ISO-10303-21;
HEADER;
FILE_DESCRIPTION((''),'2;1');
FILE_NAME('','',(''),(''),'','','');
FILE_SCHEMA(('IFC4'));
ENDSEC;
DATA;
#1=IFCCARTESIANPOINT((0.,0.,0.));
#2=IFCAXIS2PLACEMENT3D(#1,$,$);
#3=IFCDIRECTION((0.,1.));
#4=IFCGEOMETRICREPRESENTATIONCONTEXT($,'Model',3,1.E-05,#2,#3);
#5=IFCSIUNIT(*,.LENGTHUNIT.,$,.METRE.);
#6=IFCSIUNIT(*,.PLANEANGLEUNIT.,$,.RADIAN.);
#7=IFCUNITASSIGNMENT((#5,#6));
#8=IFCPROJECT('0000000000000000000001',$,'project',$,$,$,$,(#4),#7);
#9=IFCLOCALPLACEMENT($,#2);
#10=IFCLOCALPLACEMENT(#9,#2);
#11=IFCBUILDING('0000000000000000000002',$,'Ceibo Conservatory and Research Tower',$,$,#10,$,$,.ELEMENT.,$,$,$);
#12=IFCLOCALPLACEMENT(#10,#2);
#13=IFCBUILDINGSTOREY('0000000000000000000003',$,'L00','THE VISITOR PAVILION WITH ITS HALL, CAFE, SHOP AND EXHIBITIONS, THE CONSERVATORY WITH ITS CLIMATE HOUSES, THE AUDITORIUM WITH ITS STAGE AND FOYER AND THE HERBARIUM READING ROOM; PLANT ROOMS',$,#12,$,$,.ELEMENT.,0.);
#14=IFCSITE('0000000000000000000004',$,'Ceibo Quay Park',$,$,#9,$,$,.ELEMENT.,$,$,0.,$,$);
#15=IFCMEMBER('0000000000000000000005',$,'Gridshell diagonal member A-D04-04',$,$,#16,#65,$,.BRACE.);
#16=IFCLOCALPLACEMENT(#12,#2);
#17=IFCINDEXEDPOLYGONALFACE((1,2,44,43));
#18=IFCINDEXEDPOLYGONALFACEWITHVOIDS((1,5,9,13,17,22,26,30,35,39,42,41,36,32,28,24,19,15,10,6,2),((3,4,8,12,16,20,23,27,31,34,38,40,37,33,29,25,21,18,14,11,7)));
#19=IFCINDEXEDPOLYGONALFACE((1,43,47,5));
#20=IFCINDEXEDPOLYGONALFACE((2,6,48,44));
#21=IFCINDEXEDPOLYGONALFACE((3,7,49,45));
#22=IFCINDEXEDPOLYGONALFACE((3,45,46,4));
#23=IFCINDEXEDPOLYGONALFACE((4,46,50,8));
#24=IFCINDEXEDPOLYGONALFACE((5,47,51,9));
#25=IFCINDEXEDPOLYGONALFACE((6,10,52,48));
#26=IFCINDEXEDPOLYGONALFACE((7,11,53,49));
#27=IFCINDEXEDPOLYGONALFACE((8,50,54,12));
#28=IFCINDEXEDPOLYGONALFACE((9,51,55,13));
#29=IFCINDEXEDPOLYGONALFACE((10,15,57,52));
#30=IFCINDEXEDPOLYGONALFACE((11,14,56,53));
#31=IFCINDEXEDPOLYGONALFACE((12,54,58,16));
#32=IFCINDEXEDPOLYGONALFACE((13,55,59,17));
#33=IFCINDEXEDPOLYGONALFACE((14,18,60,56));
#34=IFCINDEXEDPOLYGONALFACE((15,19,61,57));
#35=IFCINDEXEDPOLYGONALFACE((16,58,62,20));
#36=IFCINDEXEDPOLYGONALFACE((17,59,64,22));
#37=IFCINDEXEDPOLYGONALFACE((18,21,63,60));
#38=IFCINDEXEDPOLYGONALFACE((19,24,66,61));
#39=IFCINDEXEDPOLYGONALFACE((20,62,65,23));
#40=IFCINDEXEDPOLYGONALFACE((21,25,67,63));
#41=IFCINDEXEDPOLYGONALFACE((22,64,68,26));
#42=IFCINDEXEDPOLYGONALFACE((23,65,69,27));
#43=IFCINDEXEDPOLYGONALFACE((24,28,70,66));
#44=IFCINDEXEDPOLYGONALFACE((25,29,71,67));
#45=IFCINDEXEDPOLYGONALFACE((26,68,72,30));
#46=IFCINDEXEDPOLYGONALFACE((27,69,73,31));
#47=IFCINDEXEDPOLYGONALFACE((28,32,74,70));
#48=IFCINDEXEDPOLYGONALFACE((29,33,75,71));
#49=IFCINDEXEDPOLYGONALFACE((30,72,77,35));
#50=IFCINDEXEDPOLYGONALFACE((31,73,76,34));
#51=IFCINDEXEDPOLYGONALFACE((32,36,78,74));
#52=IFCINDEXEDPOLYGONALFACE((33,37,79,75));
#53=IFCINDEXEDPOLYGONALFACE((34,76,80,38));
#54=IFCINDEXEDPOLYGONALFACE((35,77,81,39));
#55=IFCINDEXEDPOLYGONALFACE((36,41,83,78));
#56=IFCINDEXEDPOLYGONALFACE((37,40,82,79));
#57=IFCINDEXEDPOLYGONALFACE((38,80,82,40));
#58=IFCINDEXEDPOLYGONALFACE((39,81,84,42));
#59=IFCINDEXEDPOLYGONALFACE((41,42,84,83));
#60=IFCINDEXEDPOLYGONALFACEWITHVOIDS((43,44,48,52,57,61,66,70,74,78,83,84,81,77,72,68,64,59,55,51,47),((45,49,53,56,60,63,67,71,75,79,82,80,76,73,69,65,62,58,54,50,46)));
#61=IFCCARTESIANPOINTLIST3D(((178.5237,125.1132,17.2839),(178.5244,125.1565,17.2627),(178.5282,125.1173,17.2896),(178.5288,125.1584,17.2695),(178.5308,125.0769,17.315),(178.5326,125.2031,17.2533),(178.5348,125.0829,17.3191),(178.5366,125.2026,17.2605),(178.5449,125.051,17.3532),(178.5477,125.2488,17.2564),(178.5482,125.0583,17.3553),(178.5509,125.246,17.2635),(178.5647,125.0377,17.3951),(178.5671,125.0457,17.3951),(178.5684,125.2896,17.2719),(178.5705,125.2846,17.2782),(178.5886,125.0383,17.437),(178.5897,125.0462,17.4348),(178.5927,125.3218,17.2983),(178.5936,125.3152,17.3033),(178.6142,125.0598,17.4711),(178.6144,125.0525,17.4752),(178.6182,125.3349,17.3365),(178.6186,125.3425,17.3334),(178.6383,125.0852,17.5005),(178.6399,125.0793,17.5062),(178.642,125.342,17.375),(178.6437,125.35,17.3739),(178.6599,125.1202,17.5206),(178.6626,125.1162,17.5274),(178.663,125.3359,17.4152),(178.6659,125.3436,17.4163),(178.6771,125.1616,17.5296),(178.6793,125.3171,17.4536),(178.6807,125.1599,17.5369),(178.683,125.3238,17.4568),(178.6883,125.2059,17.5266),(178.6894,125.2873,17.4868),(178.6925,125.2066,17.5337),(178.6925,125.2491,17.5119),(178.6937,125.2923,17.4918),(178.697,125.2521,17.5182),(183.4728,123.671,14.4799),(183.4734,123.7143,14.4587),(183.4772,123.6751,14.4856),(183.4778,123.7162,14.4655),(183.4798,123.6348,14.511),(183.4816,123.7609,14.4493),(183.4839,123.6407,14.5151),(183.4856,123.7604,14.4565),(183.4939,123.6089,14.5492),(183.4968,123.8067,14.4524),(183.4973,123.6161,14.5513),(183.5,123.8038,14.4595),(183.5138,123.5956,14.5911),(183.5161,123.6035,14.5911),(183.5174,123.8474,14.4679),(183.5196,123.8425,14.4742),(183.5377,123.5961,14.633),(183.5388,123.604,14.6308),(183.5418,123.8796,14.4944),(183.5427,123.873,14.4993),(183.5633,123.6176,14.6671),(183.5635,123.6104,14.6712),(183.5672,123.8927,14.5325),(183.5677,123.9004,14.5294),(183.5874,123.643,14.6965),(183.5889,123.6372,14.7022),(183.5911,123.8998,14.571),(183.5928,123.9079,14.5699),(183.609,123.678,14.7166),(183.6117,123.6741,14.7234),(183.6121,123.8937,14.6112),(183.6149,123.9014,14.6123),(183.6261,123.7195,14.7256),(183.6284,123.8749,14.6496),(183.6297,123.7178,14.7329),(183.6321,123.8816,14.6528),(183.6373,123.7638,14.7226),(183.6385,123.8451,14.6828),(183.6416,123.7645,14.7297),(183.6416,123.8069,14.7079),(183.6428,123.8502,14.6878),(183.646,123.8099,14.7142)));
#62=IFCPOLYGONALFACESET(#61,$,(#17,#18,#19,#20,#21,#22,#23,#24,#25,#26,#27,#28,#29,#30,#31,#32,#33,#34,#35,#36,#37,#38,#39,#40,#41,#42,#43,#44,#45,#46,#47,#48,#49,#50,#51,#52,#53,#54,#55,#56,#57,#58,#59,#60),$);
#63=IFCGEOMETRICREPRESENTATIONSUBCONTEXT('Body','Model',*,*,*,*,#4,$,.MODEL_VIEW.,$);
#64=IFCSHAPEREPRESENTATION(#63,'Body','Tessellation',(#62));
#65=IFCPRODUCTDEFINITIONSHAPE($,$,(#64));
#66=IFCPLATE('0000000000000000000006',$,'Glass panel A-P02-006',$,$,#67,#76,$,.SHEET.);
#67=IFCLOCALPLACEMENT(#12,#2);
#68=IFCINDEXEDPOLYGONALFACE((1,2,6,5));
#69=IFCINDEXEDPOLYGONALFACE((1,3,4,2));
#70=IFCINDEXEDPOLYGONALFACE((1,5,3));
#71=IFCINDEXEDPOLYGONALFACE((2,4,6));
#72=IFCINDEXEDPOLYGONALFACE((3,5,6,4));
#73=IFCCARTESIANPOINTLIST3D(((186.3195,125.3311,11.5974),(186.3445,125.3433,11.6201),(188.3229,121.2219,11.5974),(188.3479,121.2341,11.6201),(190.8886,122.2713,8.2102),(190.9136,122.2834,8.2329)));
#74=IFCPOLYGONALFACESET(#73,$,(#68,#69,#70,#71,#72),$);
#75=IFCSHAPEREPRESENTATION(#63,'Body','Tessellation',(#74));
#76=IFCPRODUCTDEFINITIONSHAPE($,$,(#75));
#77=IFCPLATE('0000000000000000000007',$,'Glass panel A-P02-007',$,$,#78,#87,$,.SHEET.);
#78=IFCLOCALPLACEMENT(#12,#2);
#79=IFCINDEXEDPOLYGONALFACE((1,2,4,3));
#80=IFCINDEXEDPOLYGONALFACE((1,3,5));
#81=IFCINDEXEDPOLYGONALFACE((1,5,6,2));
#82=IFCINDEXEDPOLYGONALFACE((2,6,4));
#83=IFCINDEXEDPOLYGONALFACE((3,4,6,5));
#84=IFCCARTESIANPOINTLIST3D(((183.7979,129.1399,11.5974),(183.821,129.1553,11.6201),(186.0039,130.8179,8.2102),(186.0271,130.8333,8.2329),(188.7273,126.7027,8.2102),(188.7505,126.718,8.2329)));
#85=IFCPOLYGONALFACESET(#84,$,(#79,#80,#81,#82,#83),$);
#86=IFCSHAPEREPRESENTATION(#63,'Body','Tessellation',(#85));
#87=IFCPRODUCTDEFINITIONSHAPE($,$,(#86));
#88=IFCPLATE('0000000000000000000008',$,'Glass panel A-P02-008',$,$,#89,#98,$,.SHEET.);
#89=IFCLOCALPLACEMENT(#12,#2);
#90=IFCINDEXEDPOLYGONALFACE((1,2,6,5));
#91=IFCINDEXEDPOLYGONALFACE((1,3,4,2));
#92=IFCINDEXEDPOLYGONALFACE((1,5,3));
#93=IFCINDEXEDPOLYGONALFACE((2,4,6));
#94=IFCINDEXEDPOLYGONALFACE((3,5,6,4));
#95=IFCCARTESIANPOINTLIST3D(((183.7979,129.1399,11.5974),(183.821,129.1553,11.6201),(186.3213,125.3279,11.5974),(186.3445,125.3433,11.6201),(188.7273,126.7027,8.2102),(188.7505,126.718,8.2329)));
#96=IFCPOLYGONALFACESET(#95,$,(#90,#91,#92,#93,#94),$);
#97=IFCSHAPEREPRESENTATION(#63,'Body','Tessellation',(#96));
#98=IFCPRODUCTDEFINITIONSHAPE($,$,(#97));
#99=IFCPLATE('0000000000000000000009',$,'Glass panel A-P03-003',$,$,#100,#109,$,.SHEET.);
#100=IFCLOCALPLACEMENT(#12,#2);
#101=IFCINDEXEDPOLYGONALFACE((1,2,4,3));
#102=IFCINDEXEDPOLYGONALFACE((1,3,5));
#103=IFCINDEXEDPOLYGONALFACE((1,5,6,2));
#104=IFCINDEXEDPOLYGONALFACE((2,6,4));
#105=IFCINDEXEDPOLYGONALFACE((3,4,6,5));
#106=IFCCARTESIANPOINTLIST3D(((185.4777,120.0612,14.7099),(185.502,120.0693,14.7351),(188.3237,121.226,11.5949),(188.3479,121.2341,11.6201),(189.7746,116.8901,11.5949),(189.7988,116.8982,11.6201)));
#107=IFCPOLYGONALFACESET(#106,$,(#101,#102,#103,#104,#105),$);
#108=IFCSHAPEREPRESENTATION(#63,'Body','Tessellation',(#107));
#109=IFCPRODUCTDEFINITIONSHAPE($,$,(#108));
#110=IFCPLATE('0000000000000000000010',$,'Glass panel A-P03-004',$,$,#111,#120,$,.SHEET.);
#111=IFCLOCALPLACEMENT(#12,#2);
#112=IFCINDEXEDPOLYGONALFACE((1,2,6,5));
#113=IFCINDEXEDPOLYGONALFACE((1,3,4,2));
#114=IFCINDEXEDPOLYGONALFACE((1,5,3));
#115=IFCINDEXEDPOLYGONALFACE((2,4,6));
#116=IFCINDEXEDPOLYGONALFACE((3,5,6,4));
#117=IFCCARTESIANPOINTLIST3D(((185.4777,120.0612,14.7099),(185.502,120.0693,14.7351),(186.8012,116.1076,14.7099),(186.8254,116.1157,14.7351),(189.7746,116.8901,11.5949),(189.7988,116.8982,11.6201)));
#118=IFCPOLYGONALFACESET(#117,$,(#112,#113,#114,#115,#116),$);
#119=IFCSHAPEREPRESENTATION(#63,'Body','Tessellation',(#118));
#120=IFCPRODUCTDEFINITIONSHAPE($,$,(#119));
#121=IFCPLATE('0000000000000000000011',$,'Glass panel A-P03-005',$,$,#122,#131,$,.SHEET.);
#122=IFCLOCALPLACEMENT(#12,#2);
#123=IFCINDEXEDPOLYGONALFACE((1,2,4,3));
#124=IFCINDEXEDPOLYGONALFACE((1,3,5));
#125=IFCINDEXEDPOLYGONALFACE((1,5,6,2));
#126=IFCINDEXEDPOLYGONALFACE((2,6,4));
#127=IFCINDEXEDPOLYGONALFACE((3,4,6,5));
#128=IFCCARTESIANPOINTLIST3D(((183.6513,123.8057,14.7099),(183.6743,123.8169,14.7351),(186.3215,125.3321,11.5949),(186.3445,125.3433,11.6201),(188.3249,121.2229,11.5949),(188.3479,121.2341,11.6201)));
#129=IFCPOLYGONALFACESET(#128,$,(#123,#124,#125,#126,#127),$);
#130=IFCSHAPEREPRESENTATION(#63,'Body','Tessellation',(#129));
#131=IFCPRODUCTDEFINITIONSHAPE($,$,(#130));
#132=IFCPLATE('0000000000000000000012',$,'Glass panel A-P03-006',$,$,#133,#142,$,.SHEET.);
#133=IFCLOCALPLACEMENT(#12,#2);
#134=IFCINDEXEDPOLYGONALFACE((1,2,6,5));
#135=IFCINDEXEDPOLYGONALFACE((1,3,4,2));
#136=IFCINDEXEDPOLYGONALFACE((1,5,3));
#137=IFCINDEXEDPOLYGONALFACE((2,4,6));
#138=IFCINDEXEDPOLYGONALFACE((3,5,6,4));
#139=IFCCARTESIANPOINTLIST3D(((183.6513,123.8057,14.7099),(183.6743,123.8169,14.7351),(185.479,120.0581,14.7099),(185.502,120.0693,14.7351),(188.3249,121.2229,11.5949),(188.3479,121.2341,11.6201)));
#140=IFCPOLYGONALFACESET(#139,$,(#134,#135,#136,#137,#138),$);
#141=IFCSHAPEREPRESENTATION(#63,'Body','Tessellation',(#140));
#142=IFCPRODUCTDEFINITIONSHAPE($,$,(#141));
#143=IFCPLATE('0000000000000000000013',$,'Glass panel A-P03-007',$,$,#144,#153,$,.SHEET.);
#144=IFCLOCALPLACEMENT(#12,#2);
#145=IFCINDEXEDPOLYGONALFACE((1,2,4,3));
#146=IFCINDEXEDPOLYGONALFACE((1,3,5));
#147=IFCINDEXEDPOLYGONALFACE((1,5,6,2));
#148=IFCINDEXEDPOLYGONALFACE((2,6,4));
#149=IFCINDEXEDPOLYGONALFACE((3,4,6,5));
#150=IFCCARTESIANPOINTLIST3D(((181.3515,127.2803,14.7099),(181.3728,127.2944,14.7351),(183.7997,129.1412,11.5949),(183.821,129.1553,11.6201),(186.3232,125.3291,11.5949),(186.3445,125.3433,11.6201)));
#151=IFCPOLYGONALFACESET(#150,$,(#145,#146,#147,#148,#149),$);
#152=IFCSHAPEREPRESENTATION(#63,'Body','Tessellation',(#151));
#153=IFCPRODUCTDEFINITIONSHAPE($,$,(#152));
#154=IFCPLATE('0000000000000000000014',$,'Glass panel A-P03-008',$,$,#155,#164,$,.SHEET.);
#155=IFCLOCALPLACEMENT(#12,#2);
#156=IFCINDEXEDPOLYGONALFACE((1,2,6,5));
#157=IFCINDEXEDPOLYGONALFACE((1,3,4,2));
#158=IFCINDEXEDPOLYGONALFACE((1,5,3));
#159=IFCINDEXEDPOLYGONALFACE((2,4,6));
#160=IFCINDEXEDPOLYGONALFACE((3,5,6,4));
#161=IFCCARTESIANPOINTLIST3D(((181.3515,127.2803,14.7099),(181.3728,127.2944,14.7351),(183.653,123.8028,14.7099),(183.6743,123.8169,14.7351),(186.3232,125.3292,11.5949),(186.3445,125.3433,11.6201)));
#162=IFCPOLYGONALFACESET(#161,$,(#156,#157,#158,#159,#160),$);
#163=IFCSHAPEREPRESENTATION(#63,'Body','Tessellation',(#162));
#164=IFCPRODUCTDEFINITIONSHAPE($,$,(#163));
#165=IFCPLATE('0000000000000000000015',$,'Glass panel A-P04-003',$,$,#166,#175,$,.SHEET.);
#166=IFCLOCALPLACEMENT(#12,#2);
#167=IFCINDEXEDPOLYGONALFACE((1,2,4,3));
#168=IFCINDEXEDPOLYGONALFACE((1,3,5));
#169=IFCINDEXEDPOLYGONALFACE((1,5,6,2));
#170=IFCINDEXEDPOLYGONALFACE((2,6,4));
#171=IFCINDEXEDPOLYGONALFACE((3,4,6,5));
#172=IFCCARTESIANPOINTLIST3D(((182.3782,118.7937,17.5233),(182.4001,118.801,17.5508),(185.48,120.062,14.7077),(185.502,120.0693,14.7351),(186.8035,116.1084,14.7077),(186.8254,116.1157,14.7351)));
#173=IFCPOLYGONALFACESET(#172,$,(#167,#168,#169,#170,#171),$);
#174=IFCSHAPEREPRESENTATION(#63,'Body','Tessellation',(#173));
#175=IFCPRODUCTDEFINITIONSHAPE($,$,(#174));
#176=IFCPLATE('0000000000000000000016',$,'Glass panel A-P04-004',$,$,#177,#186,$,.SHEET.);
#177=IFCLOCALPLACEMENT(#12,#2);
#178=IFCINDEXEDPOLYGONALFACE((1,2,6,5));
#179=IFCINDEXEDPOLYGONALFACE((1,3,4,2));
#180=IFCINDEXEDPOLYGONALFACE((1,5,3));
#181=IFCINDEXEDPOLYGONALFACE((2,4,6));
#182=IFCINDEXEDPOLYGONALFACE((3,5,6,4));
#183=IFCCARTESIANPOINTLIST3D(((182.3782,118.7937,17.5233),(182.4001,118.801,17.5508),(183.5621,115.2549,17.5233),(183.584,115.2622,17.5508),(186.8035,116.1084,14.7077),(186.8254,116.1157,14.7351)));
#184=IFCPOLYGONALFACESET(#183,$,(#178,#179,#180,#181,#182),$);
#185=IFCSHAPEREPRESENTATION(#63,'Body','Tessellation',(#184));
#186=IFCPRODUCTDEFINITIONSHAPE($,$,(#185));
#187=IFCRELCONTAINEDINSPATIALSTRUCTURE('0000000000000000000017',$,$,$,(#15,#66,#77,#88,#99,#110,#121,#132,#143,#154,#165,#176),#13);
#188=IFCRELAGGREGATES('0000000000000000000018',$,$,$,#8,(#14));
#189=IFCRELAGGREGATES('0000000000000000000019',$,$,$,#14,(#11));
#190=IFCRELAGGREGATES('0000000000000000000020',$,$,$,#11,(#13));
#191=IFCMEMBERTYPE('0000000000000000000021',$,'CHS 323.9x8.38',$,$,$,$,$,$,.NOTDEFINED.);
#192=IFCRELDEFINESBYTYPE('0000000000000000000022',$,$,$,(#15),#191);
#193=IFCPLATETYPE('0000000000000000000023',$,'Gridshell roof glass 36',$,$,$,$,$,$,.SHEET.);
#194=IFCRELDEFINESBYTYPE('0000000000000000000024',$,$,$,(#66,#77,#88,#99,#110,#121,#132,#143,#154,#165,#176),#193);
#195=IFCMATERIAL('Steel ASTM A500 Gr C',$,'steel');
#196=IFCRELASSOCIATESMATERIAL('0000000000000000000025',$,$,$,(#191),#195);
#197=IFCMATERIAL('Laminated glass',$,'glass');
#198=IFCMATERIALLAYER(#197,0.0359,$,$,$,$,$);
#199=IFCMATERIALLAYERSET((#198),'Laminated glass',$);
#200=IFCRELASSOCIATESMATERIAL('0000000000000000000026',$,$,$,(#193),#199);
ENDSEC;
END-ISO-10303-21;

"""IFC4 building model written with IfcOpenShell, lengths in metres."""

from ifc_helpers import new_model, si_unit, direction, frame, origin, origin_2d, place, context, subcontext, project, spatial, polyline, hollow_circle, outline, extrude, material, layer, layer_set, material_profile, profile_set, type_object, element, save


model = new_model("IFC4")

# Units and contexts
model_context = context("Model", 3, precision=1e-05, world=origin(), true_north=direction((0.0, 1.0)))
body_context = subcontext(model_context, "Body", "Model", "MODEL_VIEW")
ifc_project = project(units=[si_unit("LENGTHUNIT", "METRE"), si_unit("PLANEANGLEUNIT", "RADIAN")], contexts=[model_context])

# Site, building, storey
site_placement = place(None, origin())
site = spatial("IfcSite", under=ifc_project, at=site_placement, Name="Ceibo Quay Park", CompositionType="ELEMENT", RefElevation=0.0)
building_placement = place(site_placement, origin())
building = spatial("IfcBuilding", under=site, at=building_placement, Name="Ceibo Conservatory and Research Tower", CompositionType="ELEMENT")
storey_placement = place(building_placement, origin())
storey = spatial("IfcBuildingStorey", under=building, at=storey_placement, Name="L00", Description="THE VISITOR PAVILION WITH ITS HALL, CAFE, SHOP AND EXHIBITIONS, THE CONSERVATORY WITH ITS CLIMATE HOUSES, THE AUDITORIUM WITH ITS STAGE AND FOYER AND THE HERBARIUM READING ROOM; PLANT ROOMS", CompositionType="ELEMENT", Elevation=0.0)

# Member
ifc_material_1 = material(Name="Steel ASTM A500 Gr C", Category="steel")
ifc_material_profile_1 = material_profile(ifc_material_1, hollow_circle(Radius=0.1619, WallThickness=0.0083, at=origin_2d()), Name="CHS 323.9x8.38")
ifc_profile_set_1 = profile_set([ifc_material_profile_1], Name="Steel ASTM A500 Gr C")
member_type_1 = type_object("IfcMemberType", Name="CHS 323.9x8.38", PredefinedType="NOTDEFINED", material=ifc_profile_set_1)
member_1_placement = place(storey_placement, frame((183.5591, 123.751, 14.5911), z_axis=(-0.843373, 0.24576, 0.477832), x_axis=(-0.279765, -0.960068, 0.0)))
element("IfcMember", 1, at=member_1_placement, inside=storey, type_object=member_type_1, Name="Gridshell diagonal member A-D04-04", PredefinedType="BRACE", context=body_context, shape_type="SweptSolid", body=[
    extrude(hollow_circle(Radius=0.1619, WallThickness=0.0083, at=origin_2d()), origin(), (0.0, 0.0, 1.0), 5.8682),
])

# Plates
ifc_material_2 = material(Name="Laminated glass", Category="glass")
ifc_layer = layer(ifc_material_2, 0.0359)
ifc_layer_set = layer_set([ifc_layer], Name="Laminated glass")
plate_type = type_object("IfcPlateType", Name="Gridshell roof glass 36", PredefinedType="SHEET", material=ifc_layer_set)
plate_1_placement = place(storey_placement, frame((190.9136, 122.2834, 8.2329), z_axis=(0.696213, 0.339441, 0.632508), x_axis=(-0.707454, 0.473765, 0.524457)))
element("IfcPlate", 2, at=plate_1_placement, inside=storey, type_object=plate_type, Name="Glass panel A-P02-006", PredefinedType="SHEET", context=body_context, shape_type="SweptSolid", body=[
    extrude(outline(polyline([(0.0, 0.0), (6.4585, 0.0), (3.0944, 3.0954), (0.0, 0.0)])), origin(), (0.0, 0.0, -1.0), 0.0359),
])
plate_2_placement = place(storey_placement, frame((188.7505, 126.718, 8.2329), z_axis=(0.645948, 0.427477, 0.632467), x_axis=(-0.551877, 0.833926, 0.0)))
element("IfcPlate", 3, at=plate_2_placement, inside=storey, type_object=plate_type, Name="Glass panel A-P02-007", PredefinedType="SHEET", context=body_context, shape_type="SweptSolid", body=[
    extrude(outline(polyline([(0.0, 0.0), (4.9348, 0.0), (4.7529, 4.3729), (0.0, 0.0)])), origin(), (0.0, 0.0, -1.0), 0.0359),
])
plate_3_placement = place(storey_placement, frame((188.7505, 126.718, 8.2329), z_axis=(0.645951, 0.4276, 0.632381), x_axis=(-0.763244, 0.377369, 0.524454)))
element("IfcPlate", 4, at=plate_3_placement, inside=storey, type_object=plate_type, Name="Glass panel A-P02-008", PredefinedType="SHEET", context=body_context, shape_type="SweptSolid", body=[
    extrude(outline(polyline([(0.0, 0.0), (6.4585, 0.0), (3.094, 3.095), (0.0, 0.0)])), origin(), (0.0, 0.0, -1.0), 0.0359),
])
plate_4_placement = place(storey_placement, frame((189.7988, 116.8982, 11.6201), z_axis=(0.675584, 0.22607, 0.701768), x_axis=(-0.317333, 0.948314, 0.0)))
element("IfcPlate", 5, at=plate_4_placement, inside=storey, type_object=plate_type, Name="Glass panel A-P03-003", PredefinedType="SHEET", context=body_context, shape_type="SweptSolid", body=[
    extrude(outline(polyline([(0.0, 0.0), (4.5723, 0.0), (4.3708, 4.3725), (0.0, 0.0)])), origin(), (0.0, 0.0, -1.0), 0.0359),
])
plate_5_placement = place(storey_placement, frame((189.7988, 116.8982, 11.6201), z_axis=(0.675612, 0.226164, 0.701711), x_axis=(-0.695014, 0.512928, 0.503846)))
element("IfcPlate", 6, at=plate_5_placement, inside=storey, type_object=plate_type, Name="Glass panel A-P03-004", PredefinedType="SHEET", context=body_context, shape_type="SweptSolid", body=[
    extrude(outline(polyline([(0.0, 0.0), (6.1824, 0.0), (3.2347, 2.9485), (0.0, 0.0)])), origin(), (0.0, 0.0, -1.0), 0.0359),
])
plate_6_placement = place(storey_placement, frame((188.3479, 121.2341, 11.6201), z_axis=(0.640296, 0.312178, 0.70183), x_axis=(-0.438241, 0.898858, 0.0)))
element("IfcPlate", 7, at=plate_6_placement, inside=storey, type_object=plate_type, Name="Glass panel A-P03-005", PredefinedType="SHEET", context=body_context, shape_type="SweptSolid", body=[
    extrude(outline(polyline([(0.0, 0.0), (4.5715, 0.0), (4.3697, 4.3729), (0.0, 0.0)])), origin(), (0.0, 0.0, -1.0), 0.0359),
])
plate_7_placement = place(storey_placement, frame((188.3479, 121.2341, 11.6201), z_axis=(0.640311, 0.312271, 0.701775), x_axis=(-0.756008, 0.417793, 0.503887)))
element("IfcPlate", 8, at=plate_7_placement, inside=storey, type_object=plate_type, Name="Glass panel A-P03-006", PredefinedType="SHEET", context=body_context, shape_type="SweptSolid", body=[
    extrude(outline(polyline([(0.0, 0.0), (6.1819, 0.0), (3.2345, 2.9491), (0.0, 0.0)])), origin(), (0.0, 0.0, -1.0), 0.0359),
])
plate_8_placement = place(storey_placement, frame((186.3445, 125.3433, 11.6201), z_axis=(0.594027, 0.393228, 0.701786), x_axis=(-0.551986, 0.833853, 0.0)))
element("IfcPlate", 9, at=plate_8_placement, inside=storey, type_object=plate_type, Name="Glass panel A-P03-007", PredefinedType="SHEET", context=body_context, shape_type="SweptSolid", body=[
    extrude(outline(polyline([(0.0, 0.0), (4.5716, 0.0), (4.3713, 4.3726), (0.0, 0.0)])), origin(), (0.0, 0.0, -1.0), 0.0359),
])
plate_9_placement = place(storey_placement, frame((186.3445, 125.3433, 11.6201), z_axis=(0.594025, 0.393139, 0.701838), x_axis=(-0.804106, 0.315577, 0.50381)))
element("IfcPlate", 10, at=plate_9_placement, inside=storey, type_object=plate_type, Name="Glass panel A-P03-008", PredefinedType="SHEET", context=body_context, shape_type="SweptSolid", body=[
    extrude(outline(polyline([(0.0, 0.0), (6.1829, 0.0), (3.2348, 2.9494), (0.0, 0.0)])), origin(), (0.0, 0.0, -1.0), 0.0359),
])
plate_10_placement = place(storey_placement, frame((186.8254, 116.1157, 14.7351), z_axis=(0.61078, 0.204461, 0.764947), x_axis=(-0.31744, 0.948278, 0.0)))
element("IfcPlate", 11, at=plate_10_placement, inside=storey, type_object=plate_type, Name="Glass panel A-P04-003", PredefinedType="SHEET", context=body_context, shape_type="SweptSolid", body=[
    extrude(outline(polyline([(0.0, 0.0), (4.1693, 0.0), (3.9512, 4.3715), (0.0, 0.0)])), origin(), (0.0, 0.0, -1.0), 0.0359),
])
plate_11_placement = place(storey_placement, frame((186.8254, 116.1157, 14.7351), z_axis=(0.610736, 0.204309, 0.765023), x_axis=(-0.750999, 0.455712, 0.477837)))
element("IfcPlate", 12, at=plate_11_placement, inside=storey, type_object=plate_type, Name="Glass panel A-P04-004", PredefinedType="SHEET", context=body_context, shape_type="SweptSolid", body=[
    extrude(outline(polyline([(0.0, 0.0), (5.8925, 0.0), (3.3908, 2.7688), (0.0, 0.0)])), origin(), (0.0, 0.0, -1.0), 0.0359),
])

save(model, "model.ifc")
